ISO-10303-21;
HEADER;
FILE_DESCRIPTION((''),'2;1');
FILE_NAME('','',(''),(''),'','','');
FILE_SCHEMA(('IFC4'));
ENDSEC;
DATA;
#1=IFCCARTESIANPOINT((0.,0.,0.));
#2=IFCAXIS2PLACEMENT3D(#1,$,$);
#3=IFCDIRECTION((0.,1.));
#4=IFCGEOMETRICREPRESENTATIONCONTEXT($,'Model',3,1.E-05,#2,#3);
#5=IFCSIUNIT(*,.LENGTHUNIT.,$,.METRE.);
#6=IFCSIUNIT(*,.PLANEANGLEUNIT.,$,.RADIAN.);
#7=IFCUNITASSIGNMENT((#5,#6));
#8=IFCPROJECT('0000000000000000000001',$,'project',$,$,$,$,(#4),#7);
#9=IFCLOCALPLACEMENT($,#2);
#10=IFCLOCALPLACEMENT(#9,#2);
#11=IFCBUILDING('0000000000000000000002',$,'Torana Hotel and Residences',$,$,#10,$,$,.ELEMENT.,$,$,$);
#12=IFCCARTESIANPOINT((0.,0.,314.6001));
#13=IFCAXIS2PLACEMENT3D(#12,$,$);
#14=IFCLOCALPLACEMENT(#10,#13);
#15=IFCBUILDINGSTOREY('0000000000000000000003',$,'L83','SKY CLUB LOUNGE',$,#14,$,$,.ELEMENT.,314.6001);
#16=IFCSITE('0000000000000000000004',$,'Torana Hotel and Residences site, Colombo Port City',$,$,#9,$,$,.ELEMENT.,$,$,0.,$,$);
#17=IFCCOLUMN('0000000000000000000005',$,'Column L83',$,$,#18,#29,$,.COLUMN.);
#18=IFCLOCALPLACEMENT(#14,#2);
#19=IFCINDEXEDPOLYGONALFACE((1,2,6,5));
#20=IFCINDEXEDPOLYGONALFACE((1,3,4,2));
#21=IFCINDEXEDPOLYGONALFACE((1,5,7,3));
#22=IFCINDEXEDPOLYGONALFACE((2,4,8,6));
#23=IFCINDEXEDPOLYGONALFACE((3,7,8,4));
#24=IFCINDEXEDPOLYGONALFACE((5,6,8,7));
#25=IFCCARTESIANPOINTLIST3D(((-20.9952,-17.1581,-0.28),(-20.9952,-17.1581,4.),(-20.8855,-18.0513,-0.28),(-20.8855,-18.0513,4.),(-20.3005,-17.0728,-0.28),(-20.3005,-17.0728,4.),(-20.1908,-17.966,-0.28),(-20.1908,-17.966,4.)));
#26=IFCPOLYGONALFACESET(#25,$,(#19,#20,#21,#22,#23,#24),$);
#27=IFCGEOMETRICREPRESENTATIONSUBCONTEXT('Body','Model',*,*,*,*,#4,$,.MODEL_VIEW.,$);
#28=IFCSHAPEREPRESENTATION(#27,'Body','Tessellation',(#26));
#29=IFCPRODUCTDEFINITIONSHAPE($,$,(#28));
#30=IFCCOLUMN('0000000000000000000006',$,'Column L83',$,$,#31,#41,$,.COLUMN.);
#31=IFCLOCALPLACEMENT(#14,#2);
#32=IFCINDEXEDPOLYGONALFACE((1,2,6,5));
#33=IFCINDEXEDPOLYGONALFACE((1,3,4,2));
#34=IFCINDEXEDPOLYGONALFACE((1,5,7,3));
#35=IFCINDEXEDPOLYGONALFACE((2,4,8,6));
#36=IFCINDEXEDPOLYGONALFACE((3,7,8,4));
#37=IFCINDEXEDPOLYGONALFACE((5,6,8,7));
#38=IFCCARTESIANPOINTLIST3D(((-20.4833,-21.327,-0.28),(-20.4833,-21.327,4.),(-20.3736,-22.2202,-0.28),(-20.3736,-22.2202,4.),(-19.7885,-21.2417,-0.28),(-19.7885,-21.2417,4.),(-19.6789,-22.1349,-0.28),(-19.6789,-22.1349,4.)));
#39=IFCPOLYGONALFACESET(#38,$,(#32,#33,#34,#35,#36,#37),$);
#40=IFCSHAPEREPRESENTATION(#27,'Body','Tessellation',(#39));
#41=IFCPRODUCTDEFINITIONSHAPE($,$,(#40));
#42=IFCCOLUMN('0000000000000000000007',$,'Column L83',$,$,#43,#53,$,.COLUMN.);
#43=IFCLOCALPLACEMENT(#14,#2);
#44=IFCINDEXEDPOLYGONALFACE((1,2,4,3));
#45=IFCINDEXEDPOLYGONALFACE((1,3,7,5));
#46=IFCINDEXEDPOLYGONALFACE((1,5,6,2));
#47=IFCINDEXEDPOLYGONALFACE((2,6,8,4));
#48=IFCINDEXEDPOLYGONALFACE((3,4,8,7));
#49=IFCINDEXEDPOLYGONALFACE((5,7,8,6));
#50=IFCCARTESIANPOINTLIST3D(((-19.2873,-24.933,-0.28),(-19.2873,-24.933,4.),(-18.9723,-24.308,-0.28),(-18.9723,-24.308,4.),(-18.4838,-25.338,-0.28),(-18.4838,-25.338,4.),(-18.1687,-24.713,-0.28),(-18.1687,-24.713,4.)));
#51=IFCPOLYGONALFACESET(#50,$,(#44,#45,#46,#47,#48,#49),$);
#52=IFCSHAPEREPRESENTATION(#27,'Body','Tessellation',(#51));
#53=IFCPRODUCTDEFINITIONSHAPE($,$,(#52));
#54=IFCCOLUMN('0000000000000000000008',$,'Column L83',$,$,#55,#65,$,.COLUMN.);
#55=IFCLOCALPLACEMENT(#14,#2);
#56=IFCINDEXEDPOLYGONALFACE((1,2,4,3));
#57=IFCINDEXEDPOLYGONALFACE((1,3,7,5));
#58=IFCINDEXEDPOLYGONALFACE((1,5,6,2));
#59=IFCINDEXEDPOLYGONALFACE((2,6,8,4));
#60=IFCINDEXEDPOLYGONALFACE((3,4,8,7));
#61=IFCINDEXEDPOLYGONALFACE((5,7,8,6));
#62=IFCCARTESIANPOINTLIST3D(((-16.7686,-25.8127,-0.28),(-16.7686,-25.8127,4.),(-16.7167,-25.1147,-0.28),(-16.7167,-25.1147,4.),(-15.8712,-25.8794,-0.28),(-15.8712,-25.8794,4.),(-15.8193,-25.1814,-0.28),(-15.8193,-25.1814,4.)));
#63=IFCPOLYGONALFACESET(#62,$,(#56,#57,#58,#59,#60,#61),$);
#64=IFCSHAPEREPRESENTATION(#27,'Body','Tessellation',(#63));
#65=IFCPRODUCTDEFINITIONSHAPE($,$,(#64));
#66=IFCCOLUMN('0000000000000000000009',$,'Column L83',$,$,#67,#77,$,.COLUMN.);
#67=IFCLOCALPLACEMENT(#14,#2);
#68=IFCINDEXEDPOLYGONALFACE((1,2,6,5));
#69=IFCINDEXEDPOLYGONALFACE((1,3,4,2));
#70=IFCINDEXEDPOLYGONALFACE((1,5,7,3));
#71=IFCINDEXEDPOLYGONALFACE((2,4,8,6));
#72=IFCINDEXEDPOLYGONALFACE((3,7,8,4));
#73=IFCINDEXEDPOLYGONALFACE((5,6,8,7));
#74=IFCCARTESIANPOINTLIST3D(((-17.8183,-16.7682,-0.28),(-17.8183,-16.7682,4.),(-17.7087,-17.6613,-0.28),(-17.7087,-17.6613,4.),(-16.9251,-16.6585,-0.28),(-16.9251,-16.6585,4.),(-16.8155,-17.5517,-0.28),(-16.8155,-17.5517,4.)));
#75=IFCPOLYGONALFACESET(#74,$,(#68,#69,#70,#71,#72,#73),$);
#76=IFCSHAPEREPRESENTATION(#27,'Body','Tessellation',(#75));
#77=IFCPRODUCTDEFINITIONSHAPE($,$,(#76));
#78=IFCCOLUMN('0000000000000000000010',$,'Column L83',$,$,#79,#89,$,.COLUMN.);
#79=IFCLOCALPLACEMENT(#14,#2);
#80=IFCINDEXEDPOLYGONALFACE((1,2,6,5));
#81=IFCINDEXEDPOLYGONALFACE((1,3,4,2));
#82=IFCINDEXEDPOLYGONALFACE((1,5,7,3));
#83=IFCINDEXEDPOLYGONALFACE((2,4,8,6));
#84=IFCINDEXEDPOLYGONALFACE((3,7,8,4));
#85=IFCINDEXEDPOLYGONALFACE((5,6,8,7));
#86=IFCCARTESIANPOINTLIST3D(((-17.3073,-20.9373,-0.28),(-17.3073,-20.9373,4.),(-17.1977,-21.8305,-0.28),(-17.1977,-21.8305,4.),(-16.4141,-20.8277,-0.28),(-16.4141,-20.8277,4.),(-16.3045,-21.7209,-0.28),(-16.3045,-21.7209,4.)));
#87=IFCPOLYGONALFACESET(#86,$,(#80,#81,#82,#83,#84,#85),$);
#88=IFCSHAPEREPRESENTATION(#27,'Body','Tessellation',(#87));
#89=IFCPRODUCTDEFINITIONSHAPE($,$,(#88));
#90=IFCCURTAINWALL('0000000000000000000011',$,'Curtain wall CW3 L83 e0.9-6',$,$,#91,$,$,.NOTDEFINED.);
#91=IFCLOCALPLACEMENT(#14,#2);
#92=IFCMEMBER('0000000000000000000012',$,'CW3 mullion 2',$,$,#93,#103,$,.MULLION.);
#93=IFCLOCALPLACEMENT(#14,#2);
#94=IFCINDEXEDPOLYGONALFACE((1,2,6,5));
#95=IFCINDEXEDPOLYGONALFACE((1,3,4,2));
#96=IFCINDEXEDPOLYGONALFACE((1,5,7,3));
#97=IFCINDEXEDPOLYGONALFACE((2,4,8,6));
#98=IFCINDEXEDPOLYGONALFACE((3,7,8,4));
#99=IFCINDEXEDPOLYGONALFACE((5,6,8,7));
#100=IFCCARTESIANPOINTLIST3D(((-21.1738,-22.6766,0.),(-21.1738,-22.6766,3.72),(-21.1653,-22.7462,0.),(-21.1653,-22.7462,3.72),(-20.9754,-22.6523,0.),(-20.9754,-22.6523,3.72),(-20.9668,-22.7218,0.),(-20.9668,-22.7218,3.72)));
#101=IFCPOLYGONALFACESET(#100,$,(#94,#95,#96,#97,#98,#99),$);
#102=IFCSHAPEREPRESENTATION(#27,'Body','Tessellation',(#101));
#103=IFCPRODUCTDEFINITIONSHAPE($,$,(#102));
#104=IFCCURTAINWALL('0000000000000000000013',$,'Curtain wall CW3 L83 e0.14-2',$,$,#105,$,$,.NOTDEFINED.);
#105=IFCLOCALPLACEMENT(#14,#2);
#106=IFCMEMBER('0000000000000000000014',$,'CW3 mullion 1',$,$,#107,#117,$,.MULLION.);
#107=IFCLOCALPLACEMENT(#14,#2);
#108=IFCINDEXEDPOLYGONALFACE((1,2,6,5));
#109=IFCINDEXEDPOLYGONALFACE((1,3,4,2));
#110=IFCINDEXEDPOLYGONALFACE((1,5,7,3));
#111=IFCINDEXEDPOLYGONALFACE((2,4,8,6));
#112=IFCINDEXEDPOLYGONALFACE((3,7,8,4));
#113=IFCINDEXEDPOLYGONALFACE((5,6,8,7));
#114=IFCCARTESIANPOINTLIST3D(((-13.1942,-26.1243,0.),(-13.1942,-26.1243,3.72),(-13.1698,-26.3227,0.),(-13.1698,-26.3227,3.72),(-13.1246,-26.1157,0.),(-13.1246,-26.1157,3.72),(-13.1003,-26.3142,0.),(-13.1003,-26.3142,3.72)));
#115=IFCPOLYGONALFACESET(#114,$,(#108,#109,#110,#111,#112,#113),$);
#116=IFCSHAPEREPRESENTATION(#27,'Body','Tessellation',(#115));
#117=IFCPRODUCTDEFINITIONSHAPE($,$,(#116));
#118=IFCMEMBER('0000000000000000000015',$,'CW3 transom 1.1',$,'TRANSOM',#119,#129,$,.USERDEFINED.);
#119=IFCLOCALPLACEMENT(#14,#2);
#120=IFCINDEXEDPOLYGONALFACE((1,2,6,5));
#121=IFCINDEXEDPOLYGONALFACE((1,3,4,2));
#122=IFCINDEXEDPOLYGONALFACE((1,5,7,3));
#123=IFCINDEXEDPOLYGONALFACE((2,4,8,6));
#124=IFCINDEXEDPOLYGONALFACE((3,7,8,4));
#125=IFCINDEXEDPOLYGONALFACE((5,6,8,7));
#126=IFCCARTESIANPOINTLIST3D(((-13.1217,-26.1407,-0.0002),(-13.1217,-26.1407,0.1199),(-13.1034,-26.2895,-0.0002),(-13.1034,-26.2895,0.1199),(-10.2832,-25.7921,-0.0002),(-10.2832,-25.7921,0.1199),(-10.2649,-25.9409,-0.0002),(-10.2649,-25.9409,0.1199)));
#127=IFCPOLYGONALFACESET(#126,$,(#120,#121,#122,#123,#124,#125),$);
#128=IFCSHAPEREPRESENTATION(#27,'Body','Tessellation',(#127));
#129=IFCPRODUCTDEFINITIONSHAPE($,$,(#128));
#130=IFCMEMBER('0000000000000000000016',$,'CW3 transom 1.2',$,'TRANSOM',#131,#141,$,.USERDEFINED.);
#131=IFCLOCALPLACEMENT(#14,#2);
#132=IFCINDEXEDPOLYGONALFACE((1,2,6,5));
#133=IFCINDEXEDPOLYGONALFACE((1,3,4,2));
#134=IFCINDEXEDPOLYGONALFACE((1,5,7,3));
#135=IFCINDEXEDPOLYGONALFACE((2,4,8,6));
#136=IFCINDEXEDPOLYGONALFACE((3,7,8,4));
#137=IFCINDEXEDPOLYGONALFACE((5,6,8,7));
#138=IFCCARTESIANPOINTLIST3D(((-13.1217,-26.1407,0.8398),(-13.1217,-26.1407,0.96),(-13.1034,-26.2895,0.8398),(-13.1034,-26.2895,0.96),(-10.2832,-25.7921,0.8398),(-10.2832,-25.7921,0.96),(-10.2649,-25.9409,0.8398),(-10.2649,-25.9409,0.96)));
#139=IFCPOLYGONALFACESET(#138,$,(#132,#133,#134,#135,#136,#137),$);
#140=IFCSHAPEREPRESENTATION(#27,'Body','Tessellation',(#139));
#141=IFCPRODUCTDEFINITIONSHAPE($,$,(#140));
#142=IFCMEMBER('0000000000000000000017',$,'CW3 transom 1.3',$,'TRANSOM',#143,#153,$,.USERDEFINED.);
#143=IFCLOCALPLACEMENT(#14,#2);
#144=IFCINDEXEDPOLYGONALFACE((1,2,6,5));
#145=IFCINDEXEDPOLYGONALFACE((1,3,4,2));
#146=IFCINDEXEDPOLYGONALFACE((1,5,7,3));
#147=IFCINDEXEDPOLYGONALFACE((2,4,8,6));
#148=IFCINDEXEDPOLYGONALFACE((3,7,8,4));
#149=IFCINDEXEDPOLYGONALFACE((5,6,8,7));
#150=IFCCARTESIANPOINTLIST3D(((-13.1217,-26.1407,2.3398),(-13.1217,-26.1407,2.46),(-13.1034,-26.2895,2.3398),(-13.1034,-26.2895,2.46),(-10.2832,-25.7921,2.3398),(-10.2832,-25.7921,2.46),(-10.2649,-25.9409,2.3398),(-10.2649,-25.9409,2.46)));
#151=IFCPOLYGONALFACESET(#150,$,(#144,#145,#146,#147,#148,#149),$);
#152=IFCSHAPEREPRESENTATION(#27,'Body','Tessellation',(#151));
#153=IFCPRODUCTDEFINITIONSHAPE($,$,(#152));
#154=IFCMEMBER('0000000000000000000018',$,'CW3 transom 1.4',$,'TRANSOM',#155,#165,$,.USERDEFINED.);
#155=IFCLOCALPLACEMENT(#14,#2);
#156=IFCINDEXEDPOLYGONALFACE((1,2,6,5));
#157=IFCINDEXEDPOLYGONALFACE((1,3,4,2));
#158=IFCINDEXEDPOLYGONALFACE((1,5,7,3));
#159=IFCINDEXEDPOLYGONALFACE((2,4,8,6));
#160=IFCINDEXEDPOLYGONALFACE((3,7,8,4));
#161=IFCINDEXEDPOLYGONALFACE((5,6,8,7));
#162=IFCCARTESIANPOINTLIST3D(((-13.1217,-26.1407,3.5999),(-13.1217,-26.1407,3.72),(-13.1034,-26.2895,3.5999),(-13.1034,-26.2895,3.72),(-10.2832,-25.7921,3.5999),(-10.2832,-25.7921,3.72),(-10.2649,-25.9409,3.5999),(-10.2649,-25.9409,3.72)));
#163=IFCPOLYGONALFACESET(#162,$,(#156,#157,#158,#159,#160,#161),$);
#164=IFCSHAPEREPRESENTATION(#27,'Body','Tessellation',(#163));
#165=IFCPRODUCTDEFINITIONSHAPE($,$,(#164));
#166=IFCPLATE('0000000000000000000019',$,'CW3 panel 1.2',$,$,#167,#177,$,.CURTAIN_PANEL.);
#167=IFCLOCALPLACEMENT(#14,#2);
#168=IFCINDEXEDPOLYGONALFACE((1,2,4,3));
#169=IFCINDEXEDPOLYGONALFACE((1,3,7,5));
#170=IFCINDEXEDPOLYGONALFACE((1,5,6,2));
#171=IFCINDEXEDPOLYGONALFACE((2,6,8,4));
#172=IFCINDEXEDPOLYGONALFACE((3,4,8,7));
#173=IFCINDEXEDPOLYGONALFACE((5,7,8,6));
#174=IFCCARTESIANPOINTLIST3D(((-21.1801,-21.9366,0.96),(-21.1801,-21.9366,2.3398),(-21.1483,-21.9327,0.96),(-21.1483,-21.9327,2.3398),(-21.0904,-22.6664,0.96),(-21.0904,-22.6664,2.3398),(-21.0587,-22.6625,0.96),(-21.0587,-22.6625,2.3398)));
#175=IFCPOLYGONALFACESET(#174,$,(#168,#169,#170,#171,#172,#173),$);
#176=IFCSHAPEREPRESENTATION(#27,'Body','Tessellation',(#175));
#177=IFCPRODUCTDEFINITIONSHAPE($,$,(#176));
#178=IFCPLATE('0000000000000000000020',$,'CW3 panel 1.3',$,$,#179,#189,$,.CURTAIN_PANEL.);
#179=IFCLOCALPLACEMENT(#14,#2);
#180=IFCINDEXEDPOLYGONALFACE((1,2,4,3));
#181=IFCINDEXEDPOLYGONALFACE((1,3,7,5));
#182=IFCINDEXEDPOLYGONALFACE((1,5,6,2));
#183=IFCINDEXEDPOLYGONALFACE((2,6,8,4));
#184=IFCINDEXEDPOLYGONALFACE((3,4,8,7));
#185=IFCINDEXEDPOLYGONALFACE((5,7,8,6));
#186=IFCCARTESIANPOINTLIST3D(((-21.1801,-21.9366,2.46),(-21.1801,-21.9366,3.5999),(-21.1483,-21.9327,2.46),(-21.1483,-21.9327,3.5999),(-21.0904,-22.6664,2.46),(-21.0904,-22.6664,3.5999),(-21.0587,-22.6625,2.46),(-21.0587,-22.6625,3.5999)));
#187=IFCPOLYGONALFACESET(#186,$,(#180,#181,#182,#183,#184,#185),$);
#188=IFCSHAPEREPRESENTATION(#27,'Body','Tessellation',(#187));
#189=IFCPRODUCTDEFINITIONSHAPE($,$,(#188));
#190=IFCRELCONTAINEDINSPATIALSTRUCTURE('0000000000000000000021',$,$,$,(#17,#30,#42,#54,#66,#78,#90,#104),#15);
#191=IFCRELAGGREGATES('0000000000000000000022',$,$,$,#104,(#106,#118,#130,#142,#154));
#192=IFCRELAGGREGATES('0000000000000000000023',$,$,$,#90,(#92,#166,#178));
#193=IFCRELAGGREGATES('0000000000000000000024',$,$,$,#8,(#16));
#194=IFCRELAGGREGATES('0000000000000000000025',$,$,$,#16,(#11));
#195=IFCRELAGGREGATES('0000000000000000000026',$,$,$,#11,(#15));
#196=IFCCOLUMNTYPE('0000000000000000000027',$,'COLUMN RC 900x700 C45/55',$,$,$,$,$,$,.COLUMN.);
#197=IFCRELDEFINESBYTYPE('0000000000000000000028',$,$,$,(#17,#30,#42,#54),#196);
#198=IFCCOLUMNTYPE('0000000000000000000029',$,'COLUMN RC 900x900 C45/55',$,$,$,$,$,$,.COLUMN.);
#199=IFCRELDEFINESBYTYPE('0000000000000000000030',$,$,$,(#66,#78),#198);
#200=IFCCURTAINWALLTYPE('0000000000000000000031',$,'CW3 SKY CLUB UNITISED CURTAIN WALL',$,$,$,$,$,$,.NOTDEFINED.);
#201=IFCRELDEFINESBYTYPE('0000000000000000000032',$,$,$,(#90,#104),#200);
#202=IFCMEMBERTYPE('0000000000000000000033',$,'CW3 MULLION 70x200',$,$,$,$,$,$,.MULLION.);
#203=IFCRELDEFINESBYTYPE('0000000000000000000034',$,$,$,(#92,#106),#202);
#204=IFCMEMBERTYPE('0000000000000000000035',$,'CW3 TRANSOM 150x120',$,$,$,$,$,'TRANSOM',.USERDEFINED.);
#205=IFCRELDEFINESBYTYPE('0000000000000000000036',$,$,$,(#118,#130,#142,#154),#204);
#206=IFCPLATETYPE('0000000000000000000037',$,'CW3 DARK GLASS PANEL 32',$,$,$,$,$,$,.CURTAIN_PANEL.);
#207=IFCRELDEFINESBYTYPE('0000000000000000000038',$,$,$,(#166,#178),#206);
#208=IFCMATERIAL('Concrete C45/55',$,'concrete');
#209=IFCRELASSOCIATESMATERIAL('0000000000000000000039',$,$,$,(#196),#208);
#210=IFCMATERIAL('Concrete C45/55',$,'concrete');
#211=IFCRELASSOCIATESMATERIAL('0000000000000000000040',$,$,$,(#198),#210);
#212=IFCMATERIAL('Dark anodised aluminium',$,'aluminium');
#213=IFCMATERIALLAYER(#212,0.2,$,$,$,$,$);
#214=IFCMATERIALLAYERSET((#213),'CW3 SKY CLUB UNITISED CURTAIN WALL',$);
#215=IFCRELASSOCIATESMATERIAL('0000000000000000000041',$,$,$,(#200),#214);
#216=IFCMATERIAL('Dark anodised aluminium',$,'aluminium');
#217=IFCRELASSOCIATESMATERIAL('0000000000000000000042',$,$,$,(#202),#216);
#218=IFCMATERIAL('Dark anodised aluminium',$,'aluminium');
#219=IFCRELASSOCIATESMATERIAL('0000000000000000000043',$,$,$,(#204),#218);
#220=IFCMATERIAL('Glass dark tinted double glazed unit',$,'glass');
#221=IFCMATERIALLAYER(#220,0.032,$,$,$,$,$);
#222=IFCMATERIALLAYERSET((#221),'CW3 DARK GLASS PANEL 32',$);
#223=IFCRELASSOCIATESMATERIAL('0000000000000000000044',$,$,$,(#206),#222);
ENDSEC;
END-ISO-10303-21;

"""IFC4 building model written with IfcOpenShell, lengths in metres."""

from ifc_helpers import new_model, si_unit, direction, frame, origin, origin_2d, place, context, subcontext, project, spatial, rectangle, extrude, material, layer, layer_set, material_profile, profile_set, type_object, element, aggregate, save


model = new_model("IFC4")

# Units and contexts
model_context = context("Model", 3, precision=1e-05, world=origin(), true_north=direction((0.0, 1.0)))
body_context = subcontext(model_context, "Body", "Model", "MODEL_VIEW")
ifc_project = project(units=[si_unit("LENGTHUNIT", "METRE"), si_unit("PLANEANGLEUNIT", "RADIAN")], contexts=[model_context])

# Site, building, storey
site_placement = place(None, origin())
site = spatial("IfcSite", under=ifc_project, at=site_placement, Name="Torana Hotel and Residences site, Colombo Port City", CompositionType="ELEMENT", RefElevation=0.0)
building_placement = place(site_placement, origin())
building = spatial("IfcBuilding", under=site, at=building_placement, Name="Torana Hotel and Residences", CompositionType="ELEMENT")
storey_placement = place(building_placement, frame((0.0, 0.0, 314.6001)))
storey = spatial("IfcBuildingStorey", under=building, at=storey_placement, Name="L83", Description="SKY CLUB LOUNGE", CompositionType="ELEMENT", Elevation=314.6001)

# Columns
ifc_material_1 = material(Name="Concrete C45/55", Category="concrete")
ifc_material_profile_1 = material_profile(ifc_material_1, rectangle(XDim=0.8999, YDim=0.7, at=origin_2d()), Name="RC 900x700")
ifc_profile_set_1 = profile_set([ifc_material_profile_1], Name="Concrete C45/55")
column_type_1 = type_object("IfcColumnType", Name="COLUMN RC 900x700 C45/55", PredefinedType="COLUMN", material=ifc_profile_set_1)
for number, where, z_axis, x_axis, name in (
    (1, (-20.593, -17.562, -0.28), (0.0, 0.0, 1.0), (-0.121869, 0.992546, 0.0), "Column L83"),
    (2, (-20.0811, -21.731, -0.28), (0.0, 0.0, 1.0), (-0.121869, 0.992546, 0.0), "Column L83"),
    (3, (-18.728, -24.823, -0.28), (0.0, 0.0, 1.0), (-0.892979, 0.450098, 0.0), "Column L83"),
    (4, (-16.2939, -25.4971, -0.28), (0.0, 0.0, 1.0), (-0.997251, 0.074091, 0.0), "Column L83"),
):
    element("IfcColumn", number, at=place(storey_placement, frame(where, z_axis=z_axis, x_axis=x_axis)), inside=storey, type_object=column_type_1, Name=name, PredefinedType="COLUMN", context=body_context, shape_type="SweptSolid", body=[
        extrude(rectangle(XDim=0.8999, YDim=0.7, at=origin_2d()), origin(), (0.0, 0.0, 1.0), 4.28),
    ])
ifc_material_2 = material(Name="Concrete C45/55", Category="concrete")
ifc_material_profile_2 = material_profile(ifc_material_2, rectangle(XDim=0.8999, YDim=0.8999, at=origin_2d()), Name="RC 900x900")
ifc_profile_set_2 = profile_set([ifc_material_profile_2], Name="Concrete C45/55")
column_type_2 = type_object("IfcColumnType", Name="COLUMN RC 900x900 C45/55", PredefinedType="COLUMN", material=ifc_profile_set_2)
for number, where, z_axis, x_axis, name in (
    (5, (-17.3169, -17.1599, -0.28), (0.0, 0.0, 1.0), (0.992546, 0.121869, 0.0), "Column L83"),
    (6, (-16.8059, -21.3291, -0.28), (0.0, 0.0, 1.0), (0.992546, 0.121869, 0.0), "Column L83"),
):
    element("IfcColumn", number, at=place(storey_placement, frame(where, z_axis=z_axis, x_axis=x_axis)), inside=storey, type_object=column_type_2, Name=name, PredefinedType="COLUMN", context=body_context, shape_type="SweptSolid", body=[
        extrude(rectangle(XDim=0.8999, YDim=0.8999, at=origin_2d()), origin(), (0.0, 0.0, 1.0), 4.28),
    ])

# Curtain wall, member
ifc_material_3 = material(Name="Dark anodised aluminium", Category="aluminium")
ifc_layer_1 = layer(ifc_material_3, 0.2)
ifc_layer_set_1 = layer_set([ifc_layer_1], Name="CW3 SKY CLUB UNITISED CURTAIN WALL")
curtain_wall_type = type_object("IfcCurtainWallType", Name="CW3 SKY CLUB UNITISED CURTAIN WALL", PredefinedType="NOTDEFINED", material=ifc_layer_set_1)
curtain_wall_1_placement = place(storey_placement, origin())
curtain_wall_1 = element("IfcCurtainWall", 7, at=curtain_wall_1_placement, inside=storey, type_object=curtain_wall_type, Name="Curtain wall CW3 L83 e0.9-6", PredefinedType="NOTDEFINED")
ifc_material_4 = material(Name="Dark anodised aluminium", Category="aluminium")
ifc_material_profile_3 = material_profile(ifc_material_4, rectangle(XDim=0.2, YDim=0.0701, at=origin_2d()), Name="CW3 MULLION 70x200")
ifc_profile_set_3 = profile_set([ifc_material_profile_3], Name="Dark anodised aluminium")
member_type_1 = type_object("IfcMemberType", Name="CW3 MULLION 70x200", PredefinedType="MULLION", material=ifc_profile_set_3)
member_1_placement = place(storey_placement, frame((-21.0703, -22.6992, 0.0), z_axis=(0.0, 0.0, 1.0), x_axis=(0.992544, 0.121883, 0.0)))
member_1 = element("IfcMember", 8, at=member_1_placement, type_object=member_type_1, Name="CW3 mullion 2", PredefinedType="MULLION", context=body_context, shape_type="SweptSolid", body=[
    extrude(rectangle(XDim=0.2, YDim=0.0701, at=origin_2d()), origin(), (0.0, 0.0, 1.0), 3.72),
])

# Curtain wall, members
curtain_wall_2_placement = place(storey_placement, origin())
curtain_wall_2 = element("IfcCurtainWall", 9, at=curtain_wall_2_placement, inside=storey, type_object=curtain_wall_type, Name="Curtain wall CW3 L83 e0.14-2", PredefinedType="NOTDEFINED")
member_2_placement = place(storey_placement, frame((-13.1472, -26.2192, 0.0), z_axis=(0.0, 0.0, 1.0), x_axis=(-0.121868, 0.992546, 0.0)))
member_2 = element("IfcMember", 10, at=member_2_placement, type_object=member_type_1, Name="CW3 mullion 1", PredefinedType="MULLION", context=body_context, shape_type="SweptSolid", body=[
    extrude(rectangle(XDim=0.2, YDim=0.0701, at=origin_2d()), origin(), (0.0, 0.0, 1.0), 3.72),
])
ifc_material_5 = material(Name="Dark anodised aluminium", Category="aluminium")
ifc_material_profile_4 = material_profile(ifc_material_5, rectangle(XDim=0.1499, YDim=0.1201, at=origin_2d()), Name="CW3 TRANSOM 150x120")
ifc_profile_set_4 = profile_set([ifc_material_profile_4], Name="Dark anodised aluminium")
member_type_2 = type_object("IfcMemberType", Name="CW3 TRANSOM 150x120", ElementType="TRANSOM", PredefinedType="USERDEFINED", material=ifc_profile_set_4)
member_3_placement = place(storey_placement, frame((-13.1125, -26.2151, 0.0598), z_axis=(0.992542, 0.121902, 0.0), x_axis=(-0.121902, 0.992542, 0.0)))
member_3 = element("IfcMember", 11, at=member_3_placement, type_object=member_type_2, Name="CW3 transom 1.1", ObjectType="TRANSOM", PredefinedType="USERDEFINED", context=body_context, shape_type="SweptSolid", body=[
    extrude(rectangle(XDim=0.1499, YDim=0.1201, at=origin_2d()), origin(), (0.0, 0.0, 1.0), 2.8599),
])
member_4_placement = place(storey_placement, frame((-13.1125, -26.2151, 0.8999), z_axis=(0.992542, 0.121902, 0.0), x_axis=(-0.121902, 0.992542, 0.0)))
member_4 = element("IfcMember", 12, at=member_4_placement, type_object=member_type_2, Name="CW3 transom 1.2", ObjectType="TRANSOM", PredefinedType="USERDEFINED", context=body_context, shape_type="SweptSolid", body=[
    extrude(rectangle(XDim=0.1499, YDim=0.1201, at=origin_2d()), origin(), (0.0, 0.0, 1.0), 2.8599),
])
member_5_placement = place(storey_placement, frame((-13.1125, -26.2151, 2.3999), z_axis=(0.992542, 0.121902, 0.0), x_axis=(-0.121902, 0.992542, 0.0)))
member_5 = element("IfcMember", 13, at=member_5_placement, type_object=member_type_2, Name="CW3 transom 1.3", ObjectType="TRANSOM", PredefinedType="USERDEFINED", context=body_context, shape_type="SweptSolid", body=[
    extrude(rectangle(XDim=0.1499, YDim=0.1201, at=origin_2d()), origin(), (0.0, 0.0, 1.0), 2.8599),
])
member_6_placement = place(storey_placement, frame((-13.1125, -26.2151, 3.6599), z_axis=(0.992542, 0.121902, 0.0), x_axis=(-0.121902, 0.992542, 0.0)))
member_6 = element("IfcMember", 14, at=member_6_placement, type_object=member_type_2, Name="CW3 transom 1.4", ObjectType="TRANSOM", PredefinedType="USERDEFINED", context=body_context, shape_type="SweptSolid", body=[
    extrude(rectangle(XDim=0.1499, YDim=0.1201, at=origin_2d()), origin(), (0.0, 0.0, 1.0), 2.8599),
])
aggregate(curtain_wall_2, [member_2, member_3, member_4, member_5, member_6])

# Plates
ifc_material_6 = material(Name="Glass dark tinted double glazed unit", Category="glass")
ifc_layer_2 = layer(ifc_material_6, 0.032)
ifc_layer_set_2 = layer_set([ifc_layer_2], Name="CW3 DARK GLASS PANEL 32")
plate_type = type_object("IfcPlateType", Name="CW3 DARK GLASS PANEL 32", PredefinedType="CURTAIN_PANEL", material=ifc_layer_set_2)
plate_1_placement = place(storey_placement, frame((-21.1194, -22.2996, 0.96), z_axis=(0.0, 0.0, 1.0), x_axis=(0.121883, -0.992544, 0.0)))
plate_1 = element("IfcPlate", 15, at=plate_1_placement, type_object=plate_type, Name="CW3 panel 1.2", PredefinedType="CURTAIN_PANEL", context=body_context, shape_type="SweptSolid", body=[
    extrude(rectangle(XDim=0.7354, YDim=0.032, at=origin_2d()), origin(), (0.0, 0.0, 1.0), 1.3799),
])
plate_2_placement = place(storey_placement, frame((-21.1194, -22.2996, 2.46), z_axis=(0.0, 0.0, 1.0), x_axis=(0.121883, -0.992544, 0.0)))
plate_2 = element("IfcPlate", 16, at=plate_2_placement, type_object=plate_type, Name="CW3 panel 1.3", PredefinedType="CURTAIN_PANEL", context=body_context, shape_type="SweptSolid", body=[
    extrude(rectangle(XDim=0.7354, YDim=0.032, at=origin_2d()), origin(), (0.0, 0.0, 1.0), 1.1399),
])
aggregate(curtain_wall_1, [member_1, plate_1, plate_2])

save(model, "model.ifc")
